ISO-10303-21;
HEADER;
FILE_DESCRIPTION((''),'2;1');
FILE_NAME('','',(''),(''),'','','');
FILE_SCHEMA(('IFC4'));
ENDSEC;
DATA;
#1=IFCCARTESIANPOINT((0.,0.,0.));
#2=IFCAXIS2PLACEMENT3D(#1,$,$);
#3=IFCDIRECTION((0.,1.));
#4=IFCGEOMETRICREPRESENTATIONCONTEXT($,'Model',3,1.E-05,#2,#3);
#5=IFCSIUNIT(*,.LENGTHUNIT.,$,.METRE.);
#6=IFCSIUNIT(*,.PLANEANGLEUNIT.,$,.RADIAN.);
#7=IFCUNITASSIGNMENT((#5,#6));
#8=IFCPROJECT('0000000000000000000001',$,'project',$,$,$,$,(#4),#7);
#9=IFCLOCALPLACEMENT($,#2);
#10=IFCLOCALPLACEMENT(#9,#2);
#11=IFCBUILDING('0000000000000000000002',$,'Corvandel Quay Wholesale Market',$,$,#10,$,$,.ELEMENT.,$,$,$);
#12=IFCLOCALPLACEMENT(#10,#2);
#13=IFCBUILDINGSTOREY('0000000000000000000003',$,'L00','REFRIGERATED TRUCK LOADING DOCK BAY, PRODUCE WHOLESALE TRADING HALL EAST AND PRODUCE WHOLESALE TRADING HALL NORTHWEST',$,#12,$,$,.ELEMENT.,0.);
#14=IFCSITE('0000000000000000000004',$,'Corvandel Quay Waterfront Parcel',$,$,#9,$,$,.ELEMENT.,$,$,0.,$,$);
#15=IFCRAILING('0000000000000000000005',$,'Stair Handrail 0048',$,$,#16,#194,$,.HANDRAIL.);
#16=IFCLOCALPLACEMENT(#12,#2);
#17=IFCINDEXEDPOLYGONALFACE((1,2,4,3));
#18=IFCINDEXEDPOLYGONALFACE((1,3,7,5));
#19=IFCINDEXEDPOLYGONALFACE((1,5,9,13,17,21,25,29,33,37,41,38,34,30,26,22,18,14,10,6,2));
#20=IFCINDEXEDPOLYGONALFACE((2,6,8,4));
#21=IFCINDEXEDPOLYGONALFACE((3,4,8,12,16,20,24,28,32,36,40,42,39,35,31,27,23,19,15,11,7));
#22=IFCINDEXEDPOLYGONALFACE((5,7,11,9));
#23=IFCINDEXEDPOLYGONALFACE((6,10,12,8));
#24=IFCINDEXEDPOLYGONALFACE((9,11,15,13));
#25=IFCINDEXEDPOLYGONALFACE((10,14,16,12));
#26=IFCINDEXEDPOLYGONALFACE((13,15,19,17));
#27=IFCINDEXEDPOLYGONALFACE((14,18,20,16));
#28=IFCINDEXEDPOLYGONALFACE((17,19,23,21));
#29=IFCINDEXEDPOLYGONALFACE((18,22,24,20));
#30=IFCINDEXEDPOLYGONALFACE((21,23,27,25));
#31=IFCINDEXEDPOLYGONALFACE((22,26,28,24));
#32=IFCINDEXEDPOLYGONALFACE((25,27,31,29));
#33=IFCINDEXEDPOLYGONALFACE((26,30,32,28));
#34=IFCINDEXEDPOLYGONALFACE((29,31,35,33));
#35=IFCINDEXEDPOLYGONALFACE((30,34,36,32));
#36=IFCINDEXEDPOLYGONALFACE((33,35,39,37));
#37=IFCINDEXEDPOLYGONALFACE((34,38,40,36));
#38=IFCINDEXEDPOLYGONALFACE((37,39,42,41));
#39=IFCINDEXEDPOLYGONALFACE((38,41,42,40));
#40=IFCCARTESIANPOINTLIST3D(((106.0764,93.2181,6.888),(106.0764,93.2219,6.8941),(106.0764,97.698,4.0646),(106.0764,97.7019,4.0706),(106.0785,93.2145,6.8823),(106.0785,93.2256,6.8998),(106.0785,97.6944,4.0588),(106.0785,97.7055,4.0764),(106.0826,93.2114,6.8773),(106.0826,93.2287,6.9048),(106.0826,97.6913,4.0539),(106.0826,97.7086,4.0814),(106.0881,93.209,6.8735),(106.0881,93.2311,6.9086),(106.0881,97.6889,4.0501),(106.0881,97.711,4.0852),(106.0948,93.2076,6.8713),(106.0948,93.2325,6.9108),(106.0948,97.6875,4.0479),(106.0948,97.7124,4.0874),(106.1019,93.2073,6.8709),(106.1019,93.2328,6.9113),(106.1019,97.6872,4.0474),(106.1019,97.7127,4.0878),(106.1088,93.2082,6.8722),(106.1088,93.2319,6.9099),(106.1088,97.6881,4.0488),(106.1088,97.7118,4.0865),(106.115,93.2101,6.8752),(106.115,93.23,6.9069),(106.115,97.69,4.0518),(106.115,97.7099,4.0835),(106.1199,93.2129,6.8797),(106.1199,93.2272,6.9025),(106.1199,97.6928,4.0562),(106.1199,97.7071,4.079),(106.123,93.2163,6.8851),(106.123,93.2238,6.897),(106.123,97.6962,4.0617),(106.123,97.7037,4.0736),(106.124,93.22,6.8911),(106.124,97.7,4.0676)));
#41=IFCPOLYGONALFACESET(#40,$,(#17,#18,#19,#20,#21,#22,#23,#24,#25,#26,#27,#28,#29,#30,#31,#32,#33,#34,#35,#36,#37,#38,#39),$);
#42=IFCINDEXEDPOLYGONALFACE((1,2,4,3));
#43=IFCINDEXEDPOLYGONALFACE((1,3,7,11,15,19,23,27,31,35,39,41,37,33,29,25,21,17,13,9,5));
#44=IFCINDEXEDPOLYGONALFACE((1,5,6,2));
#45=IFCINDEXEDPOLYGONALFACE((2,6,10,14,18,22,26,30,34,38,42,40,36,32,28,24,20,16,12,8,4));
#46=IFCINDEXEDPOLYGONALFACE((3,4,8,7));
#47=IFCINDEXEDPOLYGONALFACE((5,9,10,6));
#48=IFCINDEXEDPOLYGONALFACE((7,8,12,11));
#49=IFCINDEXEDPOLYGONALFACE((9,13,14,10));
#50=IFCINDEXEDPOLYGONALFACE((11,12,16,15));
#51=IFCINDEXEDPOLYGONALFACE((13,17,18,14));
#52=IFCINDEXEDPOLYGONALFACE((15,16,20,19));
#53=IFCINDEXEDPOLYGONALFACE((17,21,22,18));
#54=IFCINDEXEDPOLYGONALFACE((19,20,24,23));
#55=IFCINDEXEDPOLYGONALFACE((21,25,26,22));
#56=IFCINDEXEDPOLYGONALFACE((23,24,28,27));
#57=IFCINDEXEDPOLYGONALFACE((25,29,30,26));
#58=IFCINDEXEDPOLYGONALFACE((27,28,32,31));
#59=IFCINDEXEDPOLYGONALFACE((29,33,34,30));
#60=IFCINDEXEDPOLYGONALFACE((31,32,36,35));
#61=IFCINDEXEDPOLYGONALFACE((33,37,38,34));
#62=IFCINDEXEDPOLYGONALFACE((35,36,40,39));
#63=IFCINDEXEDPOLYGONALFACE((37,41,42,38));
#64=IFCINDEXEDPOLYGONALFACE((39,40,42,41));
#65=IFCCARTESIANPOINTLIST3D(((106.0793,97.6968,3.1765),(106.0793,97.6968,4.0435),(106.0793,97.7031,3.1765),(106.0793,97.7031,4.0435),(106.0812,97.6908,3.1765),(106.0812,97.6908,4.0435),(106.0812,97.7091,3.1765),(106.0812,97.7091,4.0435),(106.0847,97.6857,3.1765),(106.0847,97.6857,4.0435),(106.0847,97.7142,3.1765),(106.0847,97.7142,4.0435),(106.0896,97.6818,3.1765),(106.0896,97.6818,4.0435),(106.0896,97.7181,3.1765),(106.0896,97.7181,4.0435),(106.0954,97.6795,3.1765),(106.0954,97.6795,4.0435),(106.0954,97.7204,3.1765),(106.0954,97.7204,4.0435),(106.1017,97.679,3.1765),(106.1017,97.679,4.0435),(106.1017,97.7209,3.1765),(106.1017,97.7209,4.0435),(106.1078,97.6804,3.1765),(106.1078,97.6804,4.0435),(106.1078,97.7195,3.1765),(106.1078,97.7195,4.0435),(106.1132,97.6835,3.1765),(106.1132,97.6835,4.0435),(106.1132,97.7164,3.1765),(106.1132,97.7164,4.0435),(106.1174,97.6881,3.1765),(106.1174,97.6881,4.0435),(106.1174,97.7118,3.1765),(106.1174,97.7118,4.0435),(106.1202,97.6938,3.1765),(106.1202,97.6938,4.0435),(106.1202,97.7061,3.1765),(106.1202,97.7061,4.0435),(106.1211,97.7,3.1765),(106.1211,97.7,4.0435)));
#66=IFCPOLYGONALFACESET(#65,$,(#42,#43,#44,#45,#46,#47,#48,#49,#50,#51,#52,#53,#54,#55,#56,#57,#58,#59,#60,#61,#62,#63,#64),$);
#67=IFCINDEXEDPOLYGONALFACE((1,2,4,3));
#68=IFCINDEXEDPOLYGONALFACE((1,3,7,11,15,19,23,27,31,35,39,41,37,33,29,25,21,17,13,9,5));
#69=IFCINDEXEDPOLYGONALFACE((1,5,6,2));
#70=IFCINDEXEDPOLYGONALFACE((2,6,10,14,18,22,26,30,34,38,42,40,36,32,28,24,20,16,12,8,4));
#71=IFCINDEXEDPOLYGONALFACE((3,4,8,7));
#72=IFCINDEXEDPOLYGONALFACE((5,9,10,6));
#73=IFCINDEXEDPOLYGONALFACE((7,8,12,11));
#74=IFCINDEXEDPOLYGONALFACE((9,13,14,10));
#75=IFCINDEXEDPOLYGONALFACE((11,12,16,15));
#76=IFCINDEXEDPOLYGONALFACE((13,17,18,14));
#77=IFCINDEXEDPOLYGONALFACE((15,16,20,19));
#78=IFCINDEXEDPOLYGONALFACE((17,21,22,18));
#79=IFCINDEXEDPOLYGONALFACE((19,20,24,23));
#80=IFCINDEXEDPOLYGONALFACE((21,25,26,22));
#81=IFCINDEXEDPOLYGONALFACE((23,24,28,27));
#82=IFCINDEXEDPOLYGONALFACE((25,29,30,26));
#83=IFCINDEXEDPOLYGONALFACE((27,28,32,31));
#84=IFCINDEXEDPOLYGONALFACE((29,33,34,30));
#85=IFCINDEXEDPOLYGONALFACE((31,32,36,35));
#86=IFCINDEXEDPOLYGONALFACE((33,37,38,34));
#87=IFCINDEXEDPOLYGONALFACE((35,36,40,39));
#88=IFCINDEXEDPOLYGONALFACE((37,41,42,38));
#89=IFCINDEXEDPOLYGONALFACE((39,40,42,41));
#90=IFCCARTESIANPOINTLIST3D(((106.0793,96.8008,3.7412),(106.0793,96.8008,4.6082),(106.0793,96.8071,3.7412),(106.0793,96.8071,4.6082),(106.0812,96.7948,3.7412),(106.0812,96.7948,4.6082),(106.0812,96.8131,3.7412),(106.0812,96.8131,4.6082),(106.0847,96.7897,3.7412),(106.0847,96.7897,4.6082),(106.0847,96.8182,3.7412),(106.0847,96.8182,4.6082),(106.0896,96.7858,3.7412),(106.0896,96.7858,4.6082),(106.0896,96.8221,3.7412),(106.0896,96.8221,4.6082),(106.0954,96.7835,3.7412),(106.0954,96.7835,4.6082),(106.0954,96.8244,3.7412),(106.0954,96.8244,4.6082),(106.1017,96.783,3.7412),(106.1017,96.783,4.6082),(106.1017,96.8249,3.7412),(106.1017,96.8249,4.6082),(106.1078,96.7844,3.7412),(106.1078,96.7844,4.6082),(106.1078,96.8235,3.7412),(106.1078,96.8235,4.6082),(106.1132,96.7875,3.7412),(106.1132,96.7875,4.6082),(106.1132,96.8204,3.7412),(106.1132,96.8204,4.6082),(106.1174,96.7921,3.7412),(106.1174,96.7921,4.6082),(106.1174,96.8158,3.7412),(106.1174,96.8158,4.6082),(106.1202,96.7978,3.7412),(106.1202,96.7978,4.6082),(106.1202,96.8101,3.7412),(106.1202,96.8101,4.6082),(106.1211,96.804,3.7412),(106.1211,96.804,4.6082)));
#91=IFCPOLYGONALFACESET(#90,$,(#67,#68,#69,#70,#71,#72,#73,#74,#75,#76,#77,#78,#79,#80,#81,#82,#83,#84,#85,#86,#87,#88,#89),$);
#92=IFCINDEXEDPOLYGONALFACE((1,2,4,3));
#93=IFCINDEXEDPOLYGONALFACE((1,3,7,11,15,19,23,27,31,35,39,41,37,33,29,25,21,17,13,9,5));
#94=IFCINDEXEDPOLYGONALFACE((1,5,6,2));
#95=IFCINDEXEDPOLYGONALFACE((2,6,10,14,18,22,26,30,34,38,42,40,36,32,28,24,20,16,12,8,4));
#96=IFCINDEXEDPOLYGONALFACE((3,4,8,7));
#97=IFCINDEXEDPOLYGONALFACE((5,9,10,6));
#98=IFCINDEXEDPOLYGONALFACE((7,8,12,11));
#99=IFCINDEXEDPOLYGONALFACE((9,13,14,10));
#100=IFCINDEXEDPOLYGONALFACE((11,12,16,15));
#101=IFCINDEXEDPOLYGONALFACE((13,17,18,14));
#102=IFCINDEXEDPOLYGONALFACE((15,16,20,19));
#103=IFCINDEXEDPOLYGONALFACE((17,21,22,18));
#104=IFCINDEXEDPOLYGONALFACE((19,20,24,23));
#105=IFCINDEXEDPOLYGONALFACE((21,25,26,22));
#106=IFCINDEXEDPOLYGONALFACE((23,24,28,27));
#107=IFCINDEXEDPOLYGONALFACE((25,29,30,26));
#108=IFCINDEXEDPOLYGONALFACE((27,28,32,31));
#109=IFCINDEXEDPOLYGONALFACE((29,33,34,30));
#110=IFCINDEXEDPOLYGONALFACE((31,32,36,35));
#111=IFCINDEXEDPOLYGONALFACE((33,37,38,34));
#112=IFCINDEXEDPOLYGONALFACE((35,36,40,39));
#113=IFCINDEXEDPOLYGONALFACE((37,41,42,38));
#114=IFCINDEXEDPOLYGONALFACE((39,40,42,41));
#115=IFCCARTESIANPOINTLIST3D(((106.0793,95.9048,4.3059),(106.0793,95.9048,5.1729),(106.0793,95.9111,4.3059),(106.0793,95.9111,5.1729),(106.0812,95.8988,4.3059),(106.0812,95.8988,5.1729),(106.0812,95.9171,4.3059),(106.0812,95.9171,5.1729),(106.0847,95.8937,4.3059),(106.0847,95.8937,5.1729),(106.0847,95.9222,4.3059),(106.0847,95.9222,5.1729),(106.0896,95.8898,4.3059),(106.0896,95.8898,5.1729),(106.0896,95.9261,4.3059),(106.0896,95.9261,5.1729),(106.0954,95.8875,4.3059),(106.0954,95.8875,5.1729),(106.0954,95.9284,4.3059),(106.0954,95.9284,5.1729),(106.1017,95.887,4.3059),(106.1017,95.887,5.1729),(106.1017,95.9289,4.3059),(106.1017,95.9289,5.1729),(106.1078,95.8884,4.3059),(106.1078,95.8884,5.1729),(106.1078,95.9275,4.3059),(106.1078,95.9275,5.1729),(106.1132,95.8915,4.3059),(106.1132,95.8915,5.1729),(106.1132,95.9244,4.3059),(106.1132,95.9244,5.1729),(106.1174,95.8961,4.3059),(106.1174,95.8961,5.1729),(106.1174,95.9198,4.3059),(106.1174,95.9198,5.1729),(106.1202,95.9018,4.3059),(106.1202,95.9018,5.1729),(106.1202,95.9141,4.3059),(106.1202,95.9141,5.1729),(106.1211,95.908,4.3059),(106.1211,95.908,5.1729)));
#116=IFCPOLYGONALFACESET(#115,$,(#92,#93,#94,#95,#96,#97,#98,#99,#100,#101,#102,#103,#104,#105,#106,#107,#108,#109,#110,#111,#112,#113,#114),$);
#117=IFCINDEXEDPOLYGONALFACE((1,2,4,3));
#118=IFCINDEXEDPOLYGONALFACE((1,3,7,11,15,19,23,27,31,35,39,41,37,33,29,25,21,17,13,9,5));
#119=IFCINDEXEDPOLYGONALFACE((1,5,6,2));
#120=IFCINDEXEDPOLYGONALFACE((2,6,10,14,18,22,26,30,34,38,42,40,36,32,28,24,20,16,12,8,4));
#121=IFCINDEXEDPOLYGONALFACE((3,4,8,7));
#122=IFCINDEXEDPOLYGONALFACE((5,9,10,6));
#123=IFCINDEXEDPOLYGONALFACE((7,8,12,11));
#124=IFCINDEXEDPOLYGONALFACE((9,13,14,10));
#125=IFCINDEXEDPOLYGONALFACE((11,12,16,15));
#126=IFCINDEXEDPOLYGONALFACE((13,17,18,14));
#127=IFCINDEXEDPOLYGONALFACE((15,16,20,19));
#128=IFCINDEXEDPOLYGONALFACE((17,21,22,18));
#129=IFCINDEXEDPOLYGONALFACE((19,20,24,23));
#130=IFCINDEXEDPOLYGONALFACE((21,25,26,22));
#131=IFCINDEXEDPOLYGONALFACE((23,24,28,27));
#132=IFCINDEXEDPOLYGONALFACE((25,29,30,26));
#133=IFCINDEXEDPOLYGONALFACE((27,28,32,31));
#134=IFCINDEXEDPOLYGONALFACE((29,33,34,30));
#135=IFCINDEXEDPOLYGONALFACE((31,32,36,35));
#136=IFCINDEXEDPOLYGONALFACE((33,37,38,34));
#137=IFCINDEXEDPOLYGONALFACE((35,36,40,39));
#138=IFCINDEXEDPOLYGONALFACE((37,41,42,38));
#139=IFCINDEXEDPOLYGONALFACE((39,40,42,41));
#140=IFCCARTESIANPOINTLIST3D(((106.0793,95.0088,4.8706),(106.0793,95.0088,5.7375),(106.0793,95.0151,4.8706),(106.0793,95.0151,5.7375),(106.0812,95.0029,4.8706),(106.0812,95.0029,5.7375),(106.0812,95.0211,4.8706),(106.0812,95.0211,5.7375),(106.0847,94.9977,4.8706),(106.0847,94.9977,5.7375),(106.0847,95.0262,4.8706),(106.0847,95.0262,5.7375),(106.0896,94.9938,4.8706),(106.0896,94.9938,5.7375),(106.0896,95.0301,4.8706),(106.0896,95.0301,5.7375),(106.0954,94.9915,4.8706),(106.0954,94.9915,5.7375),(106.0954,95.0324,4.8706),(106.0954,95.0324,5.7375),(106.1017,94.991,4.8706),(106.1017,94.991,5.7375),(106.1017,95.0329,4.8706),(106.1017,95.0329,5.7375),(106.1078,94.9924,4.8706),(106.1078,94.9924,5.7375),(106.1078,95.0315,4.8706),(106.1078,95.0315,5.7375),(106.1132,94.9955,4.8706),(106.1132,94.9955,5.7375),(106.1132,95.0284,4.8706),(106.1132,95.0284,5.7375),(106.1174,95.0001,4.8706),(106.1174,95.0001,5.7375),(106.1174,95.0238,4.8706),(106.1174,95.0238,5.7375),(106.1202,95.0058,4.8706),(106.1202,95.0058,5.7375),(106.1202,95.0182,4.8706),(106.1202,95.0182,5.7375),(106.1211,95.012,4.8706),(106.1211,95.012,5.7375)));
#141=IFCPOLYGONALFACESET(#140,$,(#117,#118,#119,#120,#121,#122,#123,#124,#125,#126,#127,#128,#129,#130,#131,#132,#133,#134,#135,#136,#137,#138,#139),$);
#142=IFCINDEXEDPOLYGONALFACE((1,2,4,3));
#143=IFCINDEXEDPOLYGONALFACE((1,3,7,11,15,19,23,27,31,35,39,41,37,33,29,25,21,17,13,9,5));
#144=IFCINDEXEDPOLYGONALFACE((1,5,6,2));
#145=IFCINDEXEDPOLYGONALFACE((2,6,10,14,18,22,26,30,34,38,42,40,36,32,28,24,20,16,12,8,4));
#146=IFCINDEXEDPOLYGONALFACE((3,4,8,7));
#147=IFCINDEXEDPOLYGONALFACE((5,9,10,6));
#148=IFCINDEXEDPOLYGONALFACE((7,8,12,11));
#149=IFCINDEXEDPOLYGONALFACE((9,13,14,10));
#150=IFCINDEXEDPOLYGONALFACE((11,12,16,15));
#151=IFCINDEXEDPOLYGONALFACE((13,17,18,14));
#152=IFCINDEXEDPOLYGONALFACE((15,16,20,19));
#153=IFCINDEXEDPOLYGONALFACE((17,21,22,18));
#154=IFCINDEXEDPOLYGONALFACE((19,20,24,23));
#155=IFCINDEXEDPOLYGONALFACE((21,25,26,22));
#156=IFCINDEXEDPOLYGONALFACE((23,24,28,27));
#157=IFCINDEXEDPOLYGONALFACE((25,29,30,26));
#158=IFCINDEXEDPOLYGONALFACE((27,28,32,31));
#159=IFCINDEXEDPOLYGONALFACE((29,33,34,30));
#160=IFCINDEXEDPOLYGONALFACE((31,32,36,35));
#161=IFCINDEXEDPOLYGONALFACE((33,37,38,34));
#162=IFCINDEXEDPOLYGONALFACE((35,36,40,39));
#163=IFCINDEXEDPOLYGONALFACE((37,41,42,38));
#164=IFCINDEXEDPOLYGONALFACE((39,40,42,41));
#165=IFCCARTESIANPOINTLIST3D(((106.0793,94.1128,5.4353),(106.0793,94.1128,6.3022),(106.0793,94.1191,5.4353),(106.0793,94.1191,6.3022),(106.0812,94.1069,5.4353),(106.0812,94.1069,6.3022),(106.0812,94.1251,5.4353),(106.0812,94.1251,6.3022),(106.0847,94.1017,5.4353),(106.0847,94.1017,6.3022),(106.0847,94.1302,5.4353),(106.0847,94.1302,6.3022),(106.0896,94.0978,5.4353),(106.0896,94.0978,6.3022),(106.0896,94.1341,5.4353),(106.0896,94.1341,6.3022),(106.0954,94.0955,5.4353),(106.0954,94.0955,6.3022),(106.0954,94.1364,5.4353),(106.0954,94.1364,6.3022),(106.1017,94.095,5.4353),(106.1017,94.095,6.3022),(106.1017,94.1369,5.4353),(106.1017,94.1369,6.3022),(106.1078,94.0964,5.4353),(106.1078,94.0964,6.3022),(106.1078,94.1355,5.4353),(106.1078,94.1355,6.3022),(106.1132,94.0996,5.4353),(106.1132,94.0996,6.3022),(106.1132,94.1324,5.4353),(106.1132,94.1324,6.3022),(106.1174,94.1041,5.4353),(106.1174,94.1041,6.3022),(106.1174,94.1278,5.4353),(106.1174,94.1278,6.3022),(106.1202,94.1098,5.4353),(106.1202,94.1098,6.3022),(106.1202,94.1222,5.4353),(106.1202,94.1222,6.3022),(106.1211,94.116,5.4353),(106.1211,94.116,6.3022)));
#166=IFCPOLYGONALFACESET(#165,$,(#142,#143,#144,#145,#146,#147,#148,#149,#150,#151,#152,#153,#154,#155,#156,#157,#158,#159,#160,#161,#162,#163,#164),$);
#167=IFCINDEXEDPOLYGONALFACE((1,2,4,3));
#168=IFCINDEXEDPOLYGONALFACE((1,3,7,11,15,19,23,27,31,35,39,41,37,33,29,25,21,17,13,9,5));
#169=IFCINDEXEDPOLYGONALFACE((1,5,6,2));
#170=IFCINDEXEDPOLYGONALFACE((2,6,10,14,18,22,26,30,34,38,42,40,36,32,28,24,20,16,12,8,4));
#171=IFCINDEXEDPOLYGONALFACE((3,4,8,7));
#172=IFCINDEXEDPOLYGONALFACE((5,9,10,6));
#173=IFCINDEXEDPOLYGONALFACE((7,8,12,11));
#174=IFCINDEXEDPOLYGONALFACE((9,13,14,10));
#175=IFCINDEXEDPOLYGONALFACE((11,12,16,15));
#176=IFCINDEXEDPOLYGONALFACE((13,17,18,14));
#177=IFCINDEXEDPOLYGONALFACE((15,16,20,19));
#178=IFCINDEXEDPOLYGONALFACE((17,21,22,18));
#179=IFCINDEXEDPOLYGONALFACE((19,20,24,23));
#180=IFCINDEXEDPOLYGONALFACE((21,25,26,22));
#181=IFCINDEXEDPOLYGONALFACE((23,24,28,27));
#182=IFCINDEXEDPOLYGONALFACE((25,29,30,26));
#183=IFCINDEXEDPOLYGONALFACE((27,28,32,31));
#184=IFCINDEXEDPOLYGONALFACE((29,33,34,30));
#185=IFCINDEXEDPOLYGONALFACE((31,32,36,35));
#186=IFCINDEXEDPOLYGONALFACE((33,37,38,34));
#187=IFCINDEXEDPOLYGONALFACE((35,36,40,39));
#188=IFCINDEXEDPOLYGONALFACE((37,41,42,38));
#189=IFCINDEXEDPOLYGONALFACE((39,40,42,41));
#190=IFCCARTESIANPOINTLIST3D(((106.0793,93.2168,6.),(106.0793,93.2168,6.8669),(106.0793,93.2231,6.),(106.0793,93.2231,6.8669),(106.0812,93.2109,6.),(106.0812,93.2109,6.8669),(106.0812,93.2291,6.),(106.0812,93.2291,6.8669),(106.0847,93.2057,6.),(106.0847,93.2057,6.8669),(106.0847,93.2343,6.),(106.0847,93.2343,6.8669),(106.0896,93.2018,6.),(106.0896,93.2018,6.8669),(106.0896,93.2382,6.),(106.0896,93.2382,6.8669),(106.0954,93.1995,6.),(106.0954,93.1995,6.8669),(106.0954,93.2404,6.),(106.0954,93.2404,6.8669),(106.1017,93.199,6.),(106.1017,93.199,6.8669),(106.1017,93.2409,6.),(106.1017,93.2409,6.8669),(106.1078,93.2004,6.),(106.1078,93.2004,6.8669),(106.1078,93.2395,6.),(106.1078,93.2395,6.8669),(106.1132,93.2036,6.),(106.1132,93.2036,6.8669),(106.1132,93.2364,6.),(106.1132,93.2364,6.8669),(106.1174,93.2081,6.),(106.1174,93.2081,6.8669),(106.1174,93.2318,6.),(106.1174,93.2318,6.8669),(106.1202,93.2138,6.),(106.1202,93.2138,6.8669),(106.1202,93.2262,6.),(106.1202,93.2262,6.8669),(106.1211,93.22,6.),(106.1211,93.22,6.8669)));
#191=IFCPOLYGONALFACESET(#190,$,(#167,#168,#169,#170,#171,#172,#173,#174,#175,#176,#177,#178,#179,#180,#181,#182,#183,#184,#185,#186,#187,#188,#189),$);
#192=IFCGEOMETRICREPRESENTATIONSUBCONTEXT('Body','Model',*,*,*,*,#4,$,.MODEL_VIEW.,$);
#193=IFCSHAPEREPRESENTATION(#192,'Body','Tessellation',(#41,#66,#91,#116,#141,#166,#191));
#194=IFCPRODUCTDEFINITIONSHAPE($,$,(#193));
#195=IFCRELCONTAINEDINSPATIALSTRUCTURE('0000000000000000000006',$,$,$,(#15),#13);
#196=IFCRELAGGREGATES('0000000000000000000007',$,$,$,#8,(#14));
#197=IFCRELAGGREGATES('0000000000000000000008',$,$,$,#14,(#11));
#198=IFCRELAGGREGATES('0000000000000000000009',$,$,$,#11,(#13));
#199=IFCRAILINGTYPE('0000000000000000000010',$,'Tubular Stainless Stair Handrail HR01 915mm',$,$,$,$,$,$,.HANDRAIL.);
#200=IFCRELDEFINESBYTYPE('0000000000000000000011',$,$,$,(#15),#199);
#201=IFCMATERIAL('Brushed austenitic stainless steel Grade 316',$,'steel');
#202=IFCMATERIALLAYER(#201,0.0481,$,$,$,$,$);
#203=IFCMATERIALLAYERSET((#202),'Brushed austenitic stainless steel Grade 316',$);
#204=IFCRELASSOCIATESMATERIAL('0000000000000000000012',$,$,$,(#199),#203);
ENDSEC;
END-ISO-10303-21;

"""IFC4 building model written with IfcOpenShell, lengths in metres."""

from ifc_helpers import new_model, si_unit, direction, frame, origin, origin_2d, place, context, subcontext, project, spatial, circle, extrude, material, layer, layer_set, type_object, element, save


model = new_model("IFC4")

# Units and contexts
model_context = context("Model", 3, precision=1e-05, world=origin(), true_north=direction((0.0, 1.0)))
body_context = subcontext(model_context, "Body", "Model", "MODEL_VIEW")
ifc_project = project(units=[si_unit("LENGTHUNIT", "METRE"), si_unit("PLANEANGLEUNIT", "RADIAN")], contexts=[model_context])

# Site, building, storey
site_placement = place(None, origin())
site = spatial("IfcSite", under=ifc_project, at=site_placement, Name="Corvandel Quay Waterfront Parcel", CompositionType="ELEMENT", RefElevation=0.0)
building_placement = place(site_placement, origin())
building = spatial("IfcBuilding", under=site, at=building_placement, Name="Corvandel Quay Wholesale Market", CompositionType="ELEMENT")
storey_placement = place(building_placement, origin())
storey = spatial("IfcBuildingStorey", under=building, at=storey_placement, Name="L00", Description="REFRIGERATED TRUCK LOADING DOCK BAY, PRODUCE WHOLESALE TRADING HALL EAST AND PRODUCE WHOLESALE TRADING HALL NORTHWEST", CompositionType="ELEMENT", Elevation=0.0)

# Railing
ifc_material_1 = material(Name="Brushed austenitic stainless steel Grade 316", Category="steel")
ifc_layer_1 = layer(ifc_material_1, 0.0481)
ifc_layer_set_1 = layer_set([ifc_layer_1], Name="Brushed austenitic stainless steel Grade 316")
railing_type_1 = type_object("IfcRailingType", Name="Tubular Stainless Stair Handrail HR01 915mm", PredefinedType="HANDRAIL", material=ifc_layer_set_1)
for number, where, name in (
    (1, (106.1001, 97.7, 3.1765), "Stair Handrail 0048"),
):
    element("IfcRailing", number, at=place(storey_placement, frame(where)), inside=storey, type_object=railing_type_1, Name=name, PredefinedType="HANDRAIL", context=body_context, shape_type="SweptSolid", body=[
        extrude(circle(Radius=0.0239, at=origin_2d()), frame((0.0, 0.0, 0.8911), z_axis=(0.0, -0.845998, 0.533186), x_axis=(1.0, 0.0, 0.0)), (0.0, 0.0, 1.0), 5.2954),
        extrude(circle(Radius=0.021, at=origin_2d()), origin(), (0.0, 0.0, 1.0), 0.8669),
        extrude(circle(Radius=0.021, at=origin_2d()), frame((0.0, -0.896, 0.5647)), (0.0, 0.0, 1.0), 0.8669),
        extrude(circle(Radius=0.021, at=origin_2d()), frame((0.0, -1.792, 1.1294)), (0.0, 0.0, 1.0), 0.8669),
        extrude(circle(Radius=0.021, at=origin_2d()), frame((0.0, -2.688, 1.6941)), (0.0, 0.0, 1.0), 0.8669),
        extrude(circle(Radius=0.021, at=origin_2d()), frame((0.0, -3.584, 2.2588)), (0.0, 0.0, 1.0), 0.8669),
        extrude(circle(Radius=0.021, at=origin_2d()), frame((0.0, -4.48, 2.8235)), (0.0, 0.0, 1.0), 0.8669),
    ])

save(model, "model.ifc")
